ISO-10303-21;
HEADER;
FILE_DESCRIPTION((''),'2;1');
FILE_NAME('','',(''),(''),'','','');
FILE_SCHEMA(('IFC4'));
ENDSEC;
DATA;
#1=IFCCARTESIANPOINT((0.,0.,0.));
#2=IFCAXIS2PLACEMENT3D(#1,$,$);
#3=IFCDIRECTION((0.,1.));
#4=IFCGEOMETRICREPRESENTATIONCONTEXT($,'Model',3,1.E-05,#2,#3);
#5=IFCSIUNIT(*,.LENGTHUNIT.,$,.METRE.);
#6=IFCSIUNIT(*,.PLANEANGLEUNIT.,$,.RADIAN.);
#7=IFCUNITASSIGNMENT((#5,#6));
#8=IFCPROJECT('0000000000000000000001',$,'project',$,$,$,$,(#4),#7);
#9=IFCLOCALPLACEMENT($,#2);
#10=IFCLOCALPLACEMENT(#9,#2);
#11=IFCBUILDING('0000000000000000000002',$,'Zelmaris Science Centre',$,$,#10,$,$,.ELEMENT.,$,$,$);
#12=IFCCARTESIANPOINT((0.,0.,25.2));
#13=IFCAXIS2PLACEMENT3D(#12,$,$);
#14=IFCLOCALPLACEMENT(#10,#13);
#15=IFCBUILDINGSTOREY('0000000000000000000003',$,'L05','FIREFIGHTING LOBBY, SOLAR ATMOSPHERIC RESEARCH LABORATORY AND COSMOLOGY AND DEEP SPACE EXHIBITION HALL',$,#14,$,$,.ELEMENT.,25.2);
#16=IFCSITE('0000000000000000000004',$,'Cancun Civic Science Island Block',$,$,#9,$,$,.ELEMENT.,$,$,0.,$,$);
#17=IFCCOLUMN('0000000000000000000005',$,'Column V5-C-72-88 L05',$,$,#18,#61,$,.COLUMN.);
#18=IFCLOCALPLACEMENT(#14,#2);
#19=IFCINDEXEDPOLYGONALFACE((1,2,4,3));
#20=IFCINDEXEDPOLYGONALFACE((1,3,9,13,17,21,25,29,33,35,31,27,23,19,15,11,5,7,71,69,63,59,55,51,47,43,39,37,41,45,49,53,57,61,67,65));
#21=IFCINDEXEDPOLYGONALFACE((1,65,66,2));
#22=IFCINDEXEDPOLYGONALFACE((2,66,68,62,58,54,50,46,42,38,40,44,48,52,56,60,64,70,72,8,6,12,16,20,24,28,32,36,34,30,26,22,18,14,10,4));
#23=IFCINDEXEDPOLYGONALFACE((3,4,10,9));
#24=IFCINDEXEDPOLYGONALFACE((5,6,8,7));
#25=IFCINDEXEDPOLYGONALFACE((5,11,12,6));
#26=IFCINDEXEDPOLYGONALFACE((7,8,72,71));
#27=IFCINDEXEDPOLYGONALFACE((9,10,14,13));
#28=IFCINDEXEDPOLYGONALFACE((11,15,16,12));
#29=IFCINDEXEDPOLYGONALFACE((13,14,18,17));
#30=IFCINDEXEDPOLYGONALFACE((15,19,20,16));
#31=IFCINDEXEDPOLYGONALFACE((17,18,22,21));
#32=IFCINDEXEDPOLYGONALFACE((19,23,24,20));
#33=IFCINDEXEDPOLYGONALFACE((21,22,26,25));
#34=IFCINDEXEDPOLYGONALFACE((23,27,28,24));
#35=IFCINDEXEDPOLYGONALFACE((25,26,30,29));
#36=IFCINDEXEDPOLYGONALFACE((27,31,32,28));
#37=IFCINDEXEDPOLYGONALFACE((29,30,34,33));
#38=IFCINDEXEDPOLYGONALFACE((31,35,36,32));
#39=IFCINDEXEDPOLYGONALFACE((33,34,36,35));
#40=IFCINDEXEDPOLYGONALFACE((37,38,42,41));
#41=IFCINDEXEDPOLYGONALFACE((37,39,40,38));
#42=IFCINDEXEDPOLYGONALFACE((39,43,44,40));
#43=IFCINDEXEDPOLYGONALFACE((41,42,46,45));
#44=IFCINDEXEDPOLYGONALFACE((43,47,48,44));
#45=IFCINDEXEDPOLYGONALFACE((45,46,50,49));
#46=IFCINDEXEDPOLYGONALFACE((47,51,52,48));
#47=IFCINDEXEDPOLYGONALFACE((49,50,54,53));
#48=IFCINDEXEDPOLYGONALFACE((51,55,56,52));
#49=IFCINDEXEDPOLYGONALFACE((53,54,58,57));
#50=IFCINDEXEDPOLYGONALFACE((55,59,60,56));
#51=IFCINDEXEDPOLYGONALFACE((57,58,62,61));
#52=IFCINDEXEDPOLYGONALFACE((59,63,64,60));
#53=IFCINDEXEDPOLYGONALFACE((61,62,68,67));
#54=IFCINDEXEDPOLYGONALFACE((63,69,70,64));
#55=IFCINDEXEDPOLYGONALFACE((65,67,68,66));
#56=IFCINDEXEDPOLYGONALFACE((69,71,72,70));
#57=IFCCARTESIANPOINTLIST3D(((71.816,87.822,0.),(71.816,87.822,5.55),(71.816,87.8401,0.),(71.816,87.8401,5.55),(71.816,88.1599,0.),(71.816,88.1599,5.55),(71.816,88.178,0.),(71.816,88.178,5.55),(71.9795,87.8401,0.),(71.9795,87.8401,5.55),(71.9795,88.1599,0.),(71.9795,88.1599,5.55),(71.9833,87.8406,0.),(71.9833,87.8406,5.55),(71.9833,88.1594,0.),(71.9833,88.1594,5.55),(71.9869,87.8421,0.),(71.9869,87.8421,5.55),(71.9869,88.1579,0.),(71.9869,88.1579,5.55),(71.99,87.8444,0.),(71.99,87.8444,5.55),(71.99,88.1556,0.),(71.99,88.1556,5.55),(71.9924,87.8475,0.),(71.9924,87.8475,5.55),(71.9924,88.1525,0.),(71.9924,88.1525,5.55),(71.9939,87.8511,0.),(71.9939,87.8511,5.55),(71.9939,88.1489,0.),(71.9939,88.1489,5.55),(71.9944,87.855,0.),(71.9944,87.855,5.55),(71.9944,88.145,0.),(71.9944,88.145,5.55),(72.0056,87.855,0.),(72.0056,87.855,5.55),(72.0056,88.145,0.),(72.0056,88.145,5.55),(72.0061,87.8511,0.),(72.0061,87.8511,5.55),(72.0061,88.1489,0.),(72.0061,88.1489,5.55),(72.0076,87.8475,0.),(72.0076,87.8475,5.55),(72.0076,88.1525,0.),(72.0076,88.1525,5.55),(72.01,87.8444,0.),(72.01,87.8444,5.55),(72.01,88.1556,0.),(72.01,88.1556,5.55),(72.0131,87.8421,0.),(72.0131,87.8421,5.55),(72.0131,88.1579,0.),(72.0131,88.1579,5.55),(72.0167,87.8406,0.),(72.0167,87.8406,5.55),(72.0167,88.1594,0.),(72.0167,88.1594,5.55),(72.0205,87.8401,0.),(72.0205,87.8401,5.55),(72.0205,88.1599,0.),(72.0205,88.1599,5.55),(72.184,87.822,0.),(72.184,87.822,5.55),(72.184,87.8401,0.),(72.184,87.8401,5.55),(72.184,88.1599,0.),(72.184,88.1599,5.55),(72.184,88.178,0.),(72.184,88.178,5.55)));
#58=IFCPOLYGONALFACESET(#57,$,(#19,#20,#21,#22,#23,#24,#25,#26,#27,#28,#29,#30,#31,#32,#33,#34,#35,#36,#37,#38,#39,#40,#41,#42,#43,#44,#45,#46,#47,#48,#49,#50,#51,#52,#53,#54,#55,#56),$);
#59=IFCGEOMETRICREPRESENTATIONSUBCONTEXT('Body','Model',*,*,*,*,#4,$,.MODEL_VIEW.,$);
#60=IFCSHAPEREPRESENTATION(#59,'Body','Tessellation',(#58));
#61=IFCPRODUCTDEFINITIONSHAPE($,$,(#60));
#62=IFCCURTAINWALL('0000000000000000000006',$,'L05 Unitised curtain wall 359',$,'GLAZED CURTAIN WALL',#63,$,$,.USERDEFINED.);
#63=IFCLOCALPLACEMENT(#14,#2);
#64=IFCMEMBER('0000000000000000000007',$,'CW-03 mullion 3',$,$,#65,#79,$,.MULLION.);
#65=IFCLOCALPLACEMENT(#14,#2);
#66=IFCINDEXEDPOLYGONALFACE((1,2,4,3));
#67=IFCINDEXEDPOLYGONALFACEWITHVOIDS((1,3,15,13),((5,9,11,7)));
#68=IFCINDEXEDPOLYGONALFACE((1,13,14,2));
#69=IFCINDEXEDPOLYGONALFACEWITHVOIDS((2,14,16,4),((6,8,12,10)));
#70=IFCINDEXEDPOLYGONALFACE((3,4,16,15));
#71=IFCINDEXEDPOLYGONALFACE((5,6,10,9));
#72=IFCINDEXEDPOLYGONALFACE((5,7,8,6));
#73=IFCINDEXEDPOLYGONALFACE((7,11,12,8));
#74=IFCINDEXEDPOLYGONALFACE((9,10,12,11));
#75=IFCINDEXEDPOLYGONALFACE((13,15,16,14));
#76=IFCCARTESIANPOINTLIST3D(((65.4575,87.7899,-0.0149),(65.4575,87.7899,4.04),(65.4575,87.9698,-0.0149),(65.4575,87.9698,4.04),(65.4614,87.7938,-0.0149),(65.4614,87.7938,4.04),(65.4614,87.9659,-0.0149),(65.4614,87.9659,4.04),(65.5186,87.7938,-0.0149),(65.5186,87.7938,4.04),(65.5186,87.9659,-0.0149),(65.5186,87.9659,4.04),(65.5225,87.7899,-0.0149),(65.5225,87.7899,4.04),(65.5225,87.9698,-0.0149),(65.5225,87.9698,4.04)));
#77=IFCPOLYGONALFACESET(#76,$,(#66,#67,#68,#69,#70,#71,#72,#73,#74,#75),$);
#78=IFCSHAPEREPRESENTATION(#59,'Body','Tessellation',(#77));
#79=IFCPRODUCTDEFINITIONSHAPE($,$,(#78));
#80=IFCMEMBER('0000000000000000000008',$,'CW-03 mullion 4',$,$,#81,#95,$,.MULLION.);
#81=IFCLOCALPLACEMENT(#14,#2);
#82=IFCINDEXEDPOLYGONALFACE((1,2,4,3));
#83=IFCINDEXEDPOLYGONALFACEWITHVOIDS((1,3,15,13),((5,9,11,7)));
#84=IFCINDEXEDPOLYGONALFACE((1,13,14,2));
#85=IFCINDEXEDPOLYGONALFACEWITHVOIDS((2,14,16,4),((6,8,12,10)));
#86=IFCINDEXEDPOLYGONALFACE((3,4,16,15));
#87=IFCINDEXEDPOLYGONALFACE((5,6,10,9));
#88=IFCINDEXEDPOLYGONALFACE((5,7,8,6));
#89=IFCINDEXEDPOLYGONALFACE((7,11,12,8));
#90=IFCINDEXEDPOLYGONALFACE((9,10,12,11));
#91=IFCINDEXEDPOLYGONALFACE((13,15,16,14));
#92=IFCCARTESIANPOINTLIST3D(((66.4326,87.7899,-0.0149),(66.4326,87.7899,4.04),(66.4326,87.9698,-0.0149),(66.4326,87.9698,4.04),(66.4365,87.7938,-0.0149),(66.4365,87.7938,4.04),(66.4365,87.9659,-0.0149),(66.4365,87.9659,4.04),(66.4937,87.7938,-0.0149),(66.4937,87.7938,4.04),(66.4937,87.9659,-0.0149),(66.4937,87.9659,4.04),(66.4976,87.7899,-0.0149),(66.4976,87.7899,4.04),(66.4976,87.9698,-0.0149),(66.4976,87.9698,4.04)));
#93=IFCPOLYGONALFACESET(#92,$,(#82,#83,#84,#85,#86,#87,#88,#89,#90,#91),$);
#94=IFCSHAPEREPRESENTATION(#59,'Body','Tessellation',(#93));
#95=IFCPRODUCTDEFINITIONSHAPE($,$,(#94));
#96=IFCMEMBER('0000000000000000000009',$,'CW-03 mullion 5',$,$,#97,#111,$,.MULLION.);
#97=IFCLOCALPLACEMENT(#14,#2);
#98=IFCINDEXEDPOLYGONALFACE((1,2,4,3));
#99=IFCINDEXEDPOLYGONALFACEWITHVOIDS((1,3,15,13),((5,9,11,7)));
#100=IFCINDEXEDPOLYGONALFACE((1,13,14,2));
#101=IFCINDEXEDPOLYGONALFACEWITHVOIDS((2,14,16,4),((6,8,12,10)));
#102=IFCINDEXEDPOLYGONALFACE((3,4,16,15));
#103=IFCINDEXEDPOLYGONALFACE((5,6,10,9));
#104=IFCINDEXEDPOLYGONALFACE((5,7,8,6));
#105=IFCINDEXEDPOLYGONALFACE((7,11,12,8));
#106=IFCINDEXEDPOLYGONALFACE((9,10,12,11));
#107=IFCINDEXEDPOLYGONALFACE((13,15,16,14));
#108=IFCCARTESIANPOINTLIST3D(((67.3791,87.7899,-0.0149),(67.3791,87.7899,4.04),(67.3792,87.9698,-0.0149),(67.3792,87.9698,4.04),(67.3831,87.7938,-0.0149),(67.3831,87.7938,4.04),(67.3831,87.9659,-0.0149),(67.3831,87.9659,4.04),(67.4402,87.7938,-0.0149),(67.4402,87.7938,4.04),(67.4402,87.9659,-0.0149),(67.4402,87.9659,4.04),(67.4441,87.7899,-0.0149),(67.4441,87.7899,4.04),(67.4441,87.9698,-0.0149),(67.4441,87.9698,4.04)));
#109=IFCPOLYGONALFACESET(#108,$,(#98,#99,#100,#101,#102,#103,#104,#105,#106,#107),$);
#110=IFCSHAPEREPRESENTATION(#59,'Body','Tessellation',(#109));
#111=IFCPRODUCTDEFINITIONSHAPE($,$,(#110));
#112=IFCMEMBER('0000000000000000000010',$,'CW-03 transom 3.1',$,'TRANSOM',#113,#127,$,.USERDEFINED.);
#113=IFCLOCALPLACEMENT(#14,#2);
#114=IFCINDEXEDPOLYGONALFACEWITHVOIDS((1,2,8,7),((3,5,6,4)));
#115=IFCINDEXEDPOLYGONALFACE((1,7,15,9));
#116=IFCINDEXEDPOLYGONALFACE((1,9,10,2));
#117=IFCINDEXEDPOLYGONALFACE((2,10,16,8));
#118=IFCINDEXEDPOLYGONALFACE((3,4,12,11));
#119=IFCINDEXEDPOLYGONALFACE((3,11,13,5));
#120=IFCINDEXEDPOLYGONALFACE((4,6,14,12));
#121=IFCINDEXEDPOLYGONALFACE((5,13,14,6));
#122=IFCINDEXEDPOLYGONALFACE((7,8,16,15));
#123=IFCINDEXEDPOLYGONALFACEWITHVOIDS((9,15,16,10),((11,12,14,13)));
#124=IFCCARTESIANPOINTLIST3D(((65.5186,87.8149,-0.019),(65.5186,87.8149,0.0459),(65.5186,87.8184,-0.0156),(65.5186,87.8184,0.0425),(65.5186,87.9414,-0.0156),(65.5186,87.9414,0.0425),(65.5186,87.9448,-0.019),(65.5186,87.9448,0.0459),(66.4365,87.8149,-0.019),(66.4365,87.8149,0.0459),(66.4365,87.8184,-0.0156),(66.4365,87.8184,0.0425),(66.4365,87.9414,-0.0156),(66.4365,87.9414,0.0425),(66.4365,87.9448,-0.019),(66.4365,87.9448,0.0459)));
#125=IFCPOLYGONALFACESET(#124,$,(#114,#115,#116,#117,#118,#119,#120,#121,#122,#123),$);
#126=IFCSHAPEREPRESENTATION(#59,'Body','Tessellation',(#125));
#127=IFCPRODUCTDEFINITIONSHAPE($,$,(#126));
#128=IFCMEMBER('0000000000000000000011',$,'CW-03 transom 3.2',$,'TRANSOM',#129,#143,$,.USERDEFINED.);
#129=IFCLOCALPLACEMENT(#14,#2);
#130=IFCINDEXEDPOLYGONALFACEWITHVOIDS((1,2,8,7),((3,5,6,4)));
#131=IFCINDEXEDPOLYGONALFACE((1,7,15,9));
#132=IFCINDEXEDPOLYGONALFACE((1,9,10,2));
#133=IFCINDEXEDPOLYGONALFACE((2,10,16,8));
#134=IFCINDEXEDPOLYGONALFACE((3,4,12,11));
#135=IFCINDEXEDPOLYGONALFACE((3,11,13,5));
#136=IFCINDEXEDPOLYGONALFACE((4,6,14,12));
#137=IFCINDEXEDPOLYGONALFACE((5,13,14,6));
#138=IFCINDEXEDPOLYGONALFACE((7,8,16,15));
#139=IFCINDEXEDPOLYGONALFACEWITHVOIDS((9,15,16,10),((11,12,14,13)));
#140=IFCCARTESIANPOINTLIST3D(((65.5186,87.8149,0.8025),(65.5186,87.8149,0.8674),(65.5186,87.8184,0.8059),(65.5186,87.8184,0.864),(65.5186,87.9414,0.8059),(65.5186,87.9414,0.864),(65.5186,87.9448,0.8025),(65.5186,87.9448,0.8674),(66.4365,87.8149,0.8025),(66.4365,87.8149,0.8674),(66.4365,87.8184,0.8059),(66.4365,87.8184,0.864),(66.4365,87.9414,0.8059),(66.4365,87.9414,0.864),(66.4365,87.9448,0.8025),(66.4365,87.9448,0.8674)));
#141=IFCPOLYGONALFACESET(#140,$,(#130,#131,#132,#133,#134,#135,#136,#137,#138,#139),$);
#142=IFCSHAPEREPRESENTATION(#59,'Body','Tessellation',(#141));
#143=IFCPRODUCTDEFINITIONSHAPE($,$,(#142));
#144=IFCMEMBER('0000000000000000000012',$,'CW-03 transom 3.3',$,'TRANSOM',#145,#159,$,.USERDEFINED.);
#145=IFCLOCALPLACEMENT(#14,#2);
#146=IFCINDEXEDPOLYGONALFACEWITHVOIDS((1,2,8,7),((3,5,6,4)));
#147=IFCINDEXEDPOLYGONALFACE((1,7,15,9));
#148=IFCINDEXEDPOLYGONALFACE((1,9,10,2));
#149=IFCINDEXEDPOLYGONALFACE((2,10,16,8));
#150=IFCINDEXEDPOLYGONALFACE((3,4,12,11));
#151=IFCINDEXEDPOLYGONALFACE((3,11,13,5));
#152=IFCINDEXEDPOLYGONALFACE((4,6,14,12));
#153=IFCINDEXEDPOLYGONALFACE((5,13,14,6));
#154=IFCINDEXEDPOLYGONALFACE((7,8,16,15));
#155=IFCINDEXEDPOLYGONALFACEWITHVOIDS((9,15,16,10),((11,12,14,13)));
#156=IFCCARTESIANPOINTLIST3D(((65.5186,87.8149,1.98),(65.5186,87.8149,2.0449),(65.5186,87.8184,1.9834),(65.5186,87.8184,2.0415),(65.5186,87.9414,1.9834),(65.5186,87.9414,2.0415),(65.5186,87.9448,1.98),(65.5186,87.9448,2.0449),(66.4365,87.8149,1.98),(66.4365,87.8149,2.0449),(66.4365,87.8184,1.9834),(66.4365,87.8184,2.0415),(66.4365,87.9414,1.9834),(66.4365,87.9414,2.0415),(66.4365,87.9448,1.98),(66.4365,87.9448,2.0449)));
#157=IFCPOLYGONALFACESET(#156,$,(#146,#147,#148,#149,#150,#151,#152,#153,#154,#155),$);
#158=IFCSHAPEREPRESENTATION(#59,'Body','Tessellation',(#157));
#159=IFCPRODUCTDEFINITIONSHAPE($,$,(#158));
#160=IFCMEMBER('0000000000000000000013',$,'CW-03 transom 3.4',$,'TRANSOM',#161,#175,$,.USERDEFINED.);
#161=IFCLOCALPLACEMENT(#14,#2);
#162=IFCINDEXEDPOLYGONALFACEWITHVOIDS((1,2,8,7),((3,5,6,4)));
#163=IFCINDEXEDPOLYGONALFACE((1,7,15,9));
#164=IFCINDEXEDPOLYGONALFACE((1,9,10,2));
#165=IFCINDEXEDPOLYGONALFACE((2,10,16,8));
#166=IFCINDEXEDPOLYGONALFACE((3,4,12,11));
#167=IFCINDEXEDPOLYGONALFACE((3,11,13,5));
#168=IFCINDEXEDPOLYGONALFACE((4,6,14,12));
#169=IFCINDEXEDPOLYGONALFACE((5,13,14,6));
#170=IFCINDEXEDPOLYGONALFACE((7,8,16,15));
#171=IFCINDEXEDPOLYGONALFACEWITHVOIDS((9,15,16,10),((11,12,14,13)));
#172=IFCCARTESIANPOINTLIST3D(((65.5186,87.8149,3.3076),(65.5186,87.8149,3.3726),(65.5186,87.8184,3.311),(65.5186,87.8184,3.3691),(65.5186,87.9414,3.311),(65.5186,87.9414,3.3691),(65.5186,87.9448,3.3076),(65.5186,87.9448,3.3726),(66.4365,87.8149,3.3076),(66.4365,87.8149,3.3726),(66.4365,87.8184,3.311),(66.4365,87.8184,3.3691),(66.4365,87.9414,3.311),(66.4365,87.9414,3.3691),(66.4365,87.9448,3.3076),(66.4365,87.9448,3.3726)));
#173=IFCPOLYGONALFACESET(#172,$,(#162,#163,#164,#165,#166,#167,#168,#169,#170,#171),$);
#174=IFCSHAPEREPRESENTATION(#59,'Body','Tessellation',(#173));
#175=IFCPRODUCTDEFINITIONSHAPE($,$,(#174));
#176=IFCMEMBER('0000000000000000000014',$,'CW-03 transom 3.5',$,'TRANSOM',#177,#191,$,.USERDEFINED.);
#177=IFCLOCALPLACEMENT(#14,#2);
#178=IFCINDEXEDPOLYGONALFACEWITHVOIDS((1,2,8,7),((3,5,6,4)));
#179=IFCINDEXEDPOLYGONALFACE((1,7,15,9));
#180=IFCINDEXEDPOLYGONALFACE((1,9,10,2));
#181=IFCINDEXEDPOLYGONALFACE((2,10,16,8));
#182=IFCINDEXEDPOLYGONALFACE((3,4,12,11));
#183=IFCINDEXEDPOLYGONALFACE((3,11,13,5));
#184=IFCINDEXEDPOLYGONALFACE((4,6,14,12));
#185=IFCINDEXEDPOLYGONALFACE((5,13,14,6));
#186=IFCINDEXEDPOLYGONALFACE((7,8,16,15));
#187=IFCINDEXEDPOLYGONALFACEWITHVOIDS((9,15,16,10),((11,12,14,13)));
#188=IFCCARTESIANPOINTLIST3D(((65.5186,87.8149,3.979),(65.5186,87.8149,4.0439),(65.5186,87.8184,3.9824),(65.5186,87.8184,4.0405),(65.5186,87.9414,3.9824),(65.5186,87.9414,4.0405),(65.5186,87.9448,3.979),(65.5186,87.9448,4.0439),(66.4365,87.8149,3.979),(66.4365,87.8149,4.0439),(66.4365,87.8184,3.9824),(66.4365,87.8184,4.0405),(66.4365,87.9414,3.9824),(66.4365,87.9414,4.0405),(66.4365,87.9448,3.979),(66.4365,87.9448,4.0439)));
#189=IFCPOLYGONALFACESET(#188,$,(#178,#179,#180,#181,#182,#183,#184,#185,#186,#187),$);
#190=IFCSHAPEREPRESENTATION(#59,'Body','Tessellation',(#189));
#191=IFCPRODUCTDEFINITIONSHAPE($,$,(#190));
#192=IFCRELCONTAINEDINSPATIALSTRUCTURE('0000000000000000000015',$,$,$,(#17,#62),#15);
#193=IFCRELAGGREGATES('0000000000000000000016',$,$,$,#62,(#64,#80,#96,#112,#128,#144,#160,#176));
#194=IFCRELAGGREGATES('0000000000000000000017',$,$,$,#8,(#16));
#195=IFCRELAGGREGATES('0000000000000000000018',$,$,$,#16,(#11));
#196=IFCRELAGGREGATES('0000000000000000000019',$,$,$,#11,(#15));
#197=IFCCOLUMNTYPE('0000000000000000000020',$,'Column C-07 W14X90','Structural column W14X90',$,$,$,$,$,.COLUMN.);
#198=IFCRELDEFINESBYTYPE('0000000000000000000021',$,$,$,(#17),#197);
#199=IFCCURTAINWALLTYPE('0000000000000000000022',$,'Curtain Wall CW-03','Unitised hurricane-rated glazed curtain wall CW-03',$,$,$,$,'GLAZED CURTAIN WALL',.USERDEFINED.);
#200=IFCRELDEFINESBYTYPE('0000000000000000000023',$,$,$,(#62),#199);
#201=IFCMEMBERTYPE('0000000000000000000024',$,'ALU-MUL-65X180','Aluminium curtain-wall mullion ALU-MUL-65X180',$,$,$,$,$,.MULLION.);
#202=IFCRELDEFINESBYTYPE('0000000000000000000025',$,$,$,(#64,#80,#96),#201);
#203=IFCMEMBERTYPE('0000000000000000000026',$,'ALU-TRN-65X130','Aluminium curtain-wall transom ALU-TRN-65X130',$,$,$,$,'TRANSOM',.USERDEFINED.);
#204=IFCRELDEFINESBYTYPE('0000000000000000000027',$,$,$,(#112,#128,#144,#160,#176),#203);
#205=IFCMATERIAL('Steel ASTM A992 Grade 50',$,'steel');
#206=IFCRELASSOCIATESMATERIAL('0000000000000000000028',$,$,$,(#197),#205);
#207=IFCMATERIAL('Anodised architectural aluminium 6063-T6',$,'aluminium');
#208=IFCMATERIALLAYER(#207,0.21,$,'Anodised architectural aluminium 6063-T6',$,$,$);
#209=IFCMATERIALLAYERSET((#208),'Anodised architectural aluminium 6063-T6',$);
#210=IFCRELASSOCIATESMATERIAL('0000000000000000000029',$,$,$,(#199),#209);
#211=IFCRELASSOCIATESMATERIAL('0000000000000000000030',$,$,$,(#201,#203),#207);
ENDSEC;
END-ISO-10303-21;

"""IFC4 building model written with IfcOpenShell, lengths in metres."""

from ifc_helpers import new_model, si_unit, direction, frame, origin, origin_2d, place, context, subcontext, project, spatial, hollow_rectangle, i_section, extrude, material, layer, layer_set, material_profile, profile_set, type_object, element, aggregate, save


model = new_model("IFC4")

# Units and contexts
model_context = context("Model", 3, precision=1e-05, world=origin(), true_north=direction((0.0, 1.0)))
body_context = subcontext(model_context, "Body", "Model", "MODEL_VIEW")
ifc_project = project(units=[si_unit("LENGTHUNIT", "METRE"), si_unit("PLANEANGLEUNIT", "RADIAN")], contexts=[model_context])

# Site, building, storey
site_placement = place(None, origin())
site = spatial("IfcSite", under=ifc_project, at=site_placement, Name="Cancun Civic Science Island Block", CompositionType="ELEMENT", RefElevation=0.0)
building_placement = place(site_placement, origin())
building = spatial("IfcBuilding", under=site, at=building_placement, Name="Zelmaris Science Centre", CompositionType="ELEMENT")
storey_placement = place(building_placement, frame((0.0, 0.0, 25.2)))
storey = spatial("IfcBuildingStorey", under=building, at=storey_placement, Name="L05", Description="FIREFIGHTING LOBBY, SOLAR ATMOSPHERIC RESEARCH LABORATORY AND COSMOLOGY AND DEEP SPACE EXHIBITION HALL", CompositionType="ELEMENT", Elevation=25.2)

# Column
ifc_material_1 = material(Name="Steel ASTM A992 Grade 50", Category="steel")
ifc_material_profile_1 = material_profile(ifc_material_1, i_section(OverallWidth=0.3679, OverallDepth=0.356, WebThickness=0.0112, FlangeThickness=0.0181, FilletRadius=0.0149, at=origin_2d()), Name="W14X90")
ifc_profile_set_1 = profile_set([ifc_material_profile_1], Name="Steel ASTM A992 Grade 50")
column_type = type_object("IfcColumnType", Name="Column C-07 W14X90", Description="Structural column W14X90", PredefinedType="COLUMN", material=ifc_profile_set_1)
column_placement = place(storey_placement, frame((72.0, 88.0, 0.0), z_axis=(0.0, 0.0, 1.0), x_axis=(1.0, 0.0, 0.0)))
element("IfcColumn", 1, at=column_placement, inside=storey, type_object=column_type, Name="Column V5-C-72-88 L05", PredefinedType="COLUMN", context=body_context, shape_type="SweptSolid", body=[
    extrude(i_section(OverallWidth=0.3679, OverallDepth=0.356, WebThickness=0.0112, FlangeThickness=0.0181, FilletRadius=0.0149, at=origin_2d()), origin(), (0.0, 0.0, 1.0), 5.55),
])

# Curtain wall, members
ifc_material_2 = material(Name="Anodised architectural aluminium 6063-T6", Category="aluminium")
ifc_layer_1 = layer(ifc_material_2, 0.21, Name="Anodised architectural aluminium 6063-T6")
ifc_layer_set_1 = layer_set([ifc_layer_1], Name="Anodised architectural aluminium 6063-T6")
curtain_wall_type = type_object("IfcCurtainWallType", Name="Curtain Wall CW-03", Description="Unitised hurricane-rated glazed curtain wall CW-03", ElementType="GLAZED CURTAIN WALL", PredefinedType="USERDEFINED", material=ifc_layer_set_1)
curtain_wall_placement = place(storey_placement, origin())
curtain_wall = element("IfcCurtainWall", 2, at=curtain_wall_placement, inside=storey, type_object=curtain_wall_type, Name="L05 Unitised curtain wall 359", ObjectType="GLAZED CURTAIN WALL", PredefinedType="USERDEFINED")
ifc_material_profile_2 = material_profile(ifc_material_2, hollow_rectangle(XDim=0.0649, YDim=0.1799, WallThickness=0.0039, at=origin_2d()), Name="ALU-MUL-65X180")
ifc_profile_set_2 = profile_set([ifc_material_profile_2], Name="Anodised architectural aluminium 6063-T6")
member_type_1 = type_object("IfcMemberType", Name="ALU-MUL-65X180", Description="Aluminium curtain-wall mullion ALU-MUL-65X180", PredefinedType="MULLION", material=ifc_profile_set_2)
member_1_placement = place(storey_placement, frame((65.49, 87.8799, -0.0149), z_axis=(0.0, 0.0, 1.0), x_axis=(1.0, -0.000005, 0.0)))
member_1 = element("IfcMember", 3, at=member_1_placement, type_object=member_type_1, Name="CW-03 mullion 3", PredefinedType="MULLION", context=body_context, shape_type="SweptSolid", body=[
    extrude(hollow_rectangle(XDim=0.0649, YDim=0.1799, WallThickness=0.0039, at=origin_2d()), origin(), (0.0, 0.0, 1.0), 4.0549),
])
member_2_placement = place(storey_placement, frame((66.4651, 87.8799, -0.0149), z_axis=(0.0, 0.0, 1.0), x_axis=(1.0, -0.000005, 0.0)))
member_2 = element("IfcMember", 4, at=member_2_placement, type_object=member_type_1, Name="CW-03 mullion 4", PredefinedType="MULLION", context=body_context, shape_type="SweptSolid", body=[
    extrude(hollow_rectangle(XDim=0.0649, YDim=0.1799, WallThickness=0.0039, at=origin_2d()), origin(), (0.0, 0.0, 1.0), 4.0549),
])
member_3_placement = place(storey_placement, frame((67.4116, 87.8799, -0.0149), z_axis=(0.0, 0.0, 1.0), x_axis=(1.0, -0.000005, 0.0)))
member_3 = element("IfcMember", 5, at=member_3_placement, type_object=member_type_1, Name="CW-03 mullion 5", PredefinedType="MULLION", context=body_context, shape_type="SweptSolid", body=[
    extrude(hollow_rectangle(XDim=0.0649, YDim=0.1799, WallThickness=0.0039, at=origin_2d()), origin(), (0.0, 0.0, 1.0), 4.0549),
])
ifc_material_profile_3 = material_profile(ifc_material_2, hollow_rectangle(XDim=0.0649, YDim=0.1299, WallThickness=0.0034, at=origin_2d()), Name="ALU-TRN-65X130")
ifc_profile_set_3 = profile_set([ifc_material_profile_3], Name="Anodised architectural aluminium 6063-T6")
member_type_2 = type_object("IfcMemberType", Name="ALU-TRN-65X130", Description="Aluminium curtain-wall transom ALU-TRN-65X130", ElementType="TRANSOM", PredefinedType="USERDEFINED", material=ifc_profile_set_3)
member_4_placement = place(storey_placement, frame((65.5186, 87.8799, 0.0134), z_axis=(1.0, 0.0, 0.0), x_axis=(0.0, 0.0, 1.0)))
member_4 = element("IfcMember", 6, at=member_4_placement, type_object=member_type_2, Name="CW-03 transom 3.1", ObjectType="TRANSOM", PredefinedType="USERDEFINED", context=body_context, shape_type="SweptSolid", body=[
    extrude(hollow_rectangle(XDim=0.0649, YDim=0.1299, WallThickness=0.0034, at=origin_2d()), origin(), (0.0, 0.0, 1.0), 0.918),
])
member_5_placement = place(storey_placement, frame((65.5186, 87.8799, 0.835), z_axis=(1.0, 0.0, 0.0), x_axis=(0.0, 0.0, 1.0)))
member_5 = element("IfcMember", 7, at=member_5_placement, type_object=member_type_2, Name="CW-03 transom 3.2", ObjectType="TRANSOM", PredefinedType="USERDEFINED", context=body_context, shape_type="SweptSolid", body=[
    extrude(hollow_rectangle(XDim=0.0649, YDim=0.1299, WallThickness=0.0034, at=origin_2d()), origin(), (0.0, 0.0, 1.0), 0.918),
])
member_6_placement = place(storey_placement, frame((65.5186, 87.8799, 2.0125), z_axis=(1.0, 0.0, 0.0), x_axis=(0.0, 0.0, 1.0)))
member_6 = element("IfcMember", 8, at=member_6_placement, type_object=member_type_2, Name="CW-03 transom 3.3", ObjectType="TRANSOM", PredefinedType="USERDEFINED", context=body_context, shape_type="SweptSolid", body=[
    extrude(hollow_rectangle(XDim=0.0649, YDim=0.1299, WallThickness=0.0034, at=origin_2d()), origin(), (0.0, 0.0, 1.0), 0.918),
])
member_7_placement = place(storey_placement, frame((65.5186, 87.8799, 3.3401), z_axis=(1.0, 0.0, 0.0), x_axis=(0.0, 0.0, 1.0)))
member_7 = element("IfcMember", 9, at=member_7_placement, type_object=member_type_2, Name="CW-03 transom 3.4", ObjectType="TRANSOM", PredefinedType="USERDEFINED", context=body_context, shape_type="SweptSolid", body=[
    extrude(hollow_rectangle(XDim=0.0649, YDim=0.1299, WallThickness=0.0034, at=origin_2d()), origin(), (0.0, 0.0, 1.0), 0.918),
])
member_8_placement = place(storey_placement, frame((65.5186, 87.8799, 4.0115), z_axis=(1.0, 0.0, 0.0), x_axis=(0.0, 0.0, 1.0)))
member_8 = element("IfcMember", 10, at=member_8_placement, type_object=member_type_2, Name="CW-03 transom 3.5", ObjectType="TRANSOM", PredefinedType="USERDEFINED", context=body_context, shape_type="SweptSolid", body=[
    extrude(hollow_rectangle(XDim=0.0649, YDim=0.1299, WallThickness=0.0034, at=origin_2d()), origin(), (0.0, 0.0, 1.0), 0.918),
])

aggregate(curtain_wall, [member_1, member_2, member_3, member_4, member_5, member_6, member_7, member_8])

save(model, "model.ifc")
